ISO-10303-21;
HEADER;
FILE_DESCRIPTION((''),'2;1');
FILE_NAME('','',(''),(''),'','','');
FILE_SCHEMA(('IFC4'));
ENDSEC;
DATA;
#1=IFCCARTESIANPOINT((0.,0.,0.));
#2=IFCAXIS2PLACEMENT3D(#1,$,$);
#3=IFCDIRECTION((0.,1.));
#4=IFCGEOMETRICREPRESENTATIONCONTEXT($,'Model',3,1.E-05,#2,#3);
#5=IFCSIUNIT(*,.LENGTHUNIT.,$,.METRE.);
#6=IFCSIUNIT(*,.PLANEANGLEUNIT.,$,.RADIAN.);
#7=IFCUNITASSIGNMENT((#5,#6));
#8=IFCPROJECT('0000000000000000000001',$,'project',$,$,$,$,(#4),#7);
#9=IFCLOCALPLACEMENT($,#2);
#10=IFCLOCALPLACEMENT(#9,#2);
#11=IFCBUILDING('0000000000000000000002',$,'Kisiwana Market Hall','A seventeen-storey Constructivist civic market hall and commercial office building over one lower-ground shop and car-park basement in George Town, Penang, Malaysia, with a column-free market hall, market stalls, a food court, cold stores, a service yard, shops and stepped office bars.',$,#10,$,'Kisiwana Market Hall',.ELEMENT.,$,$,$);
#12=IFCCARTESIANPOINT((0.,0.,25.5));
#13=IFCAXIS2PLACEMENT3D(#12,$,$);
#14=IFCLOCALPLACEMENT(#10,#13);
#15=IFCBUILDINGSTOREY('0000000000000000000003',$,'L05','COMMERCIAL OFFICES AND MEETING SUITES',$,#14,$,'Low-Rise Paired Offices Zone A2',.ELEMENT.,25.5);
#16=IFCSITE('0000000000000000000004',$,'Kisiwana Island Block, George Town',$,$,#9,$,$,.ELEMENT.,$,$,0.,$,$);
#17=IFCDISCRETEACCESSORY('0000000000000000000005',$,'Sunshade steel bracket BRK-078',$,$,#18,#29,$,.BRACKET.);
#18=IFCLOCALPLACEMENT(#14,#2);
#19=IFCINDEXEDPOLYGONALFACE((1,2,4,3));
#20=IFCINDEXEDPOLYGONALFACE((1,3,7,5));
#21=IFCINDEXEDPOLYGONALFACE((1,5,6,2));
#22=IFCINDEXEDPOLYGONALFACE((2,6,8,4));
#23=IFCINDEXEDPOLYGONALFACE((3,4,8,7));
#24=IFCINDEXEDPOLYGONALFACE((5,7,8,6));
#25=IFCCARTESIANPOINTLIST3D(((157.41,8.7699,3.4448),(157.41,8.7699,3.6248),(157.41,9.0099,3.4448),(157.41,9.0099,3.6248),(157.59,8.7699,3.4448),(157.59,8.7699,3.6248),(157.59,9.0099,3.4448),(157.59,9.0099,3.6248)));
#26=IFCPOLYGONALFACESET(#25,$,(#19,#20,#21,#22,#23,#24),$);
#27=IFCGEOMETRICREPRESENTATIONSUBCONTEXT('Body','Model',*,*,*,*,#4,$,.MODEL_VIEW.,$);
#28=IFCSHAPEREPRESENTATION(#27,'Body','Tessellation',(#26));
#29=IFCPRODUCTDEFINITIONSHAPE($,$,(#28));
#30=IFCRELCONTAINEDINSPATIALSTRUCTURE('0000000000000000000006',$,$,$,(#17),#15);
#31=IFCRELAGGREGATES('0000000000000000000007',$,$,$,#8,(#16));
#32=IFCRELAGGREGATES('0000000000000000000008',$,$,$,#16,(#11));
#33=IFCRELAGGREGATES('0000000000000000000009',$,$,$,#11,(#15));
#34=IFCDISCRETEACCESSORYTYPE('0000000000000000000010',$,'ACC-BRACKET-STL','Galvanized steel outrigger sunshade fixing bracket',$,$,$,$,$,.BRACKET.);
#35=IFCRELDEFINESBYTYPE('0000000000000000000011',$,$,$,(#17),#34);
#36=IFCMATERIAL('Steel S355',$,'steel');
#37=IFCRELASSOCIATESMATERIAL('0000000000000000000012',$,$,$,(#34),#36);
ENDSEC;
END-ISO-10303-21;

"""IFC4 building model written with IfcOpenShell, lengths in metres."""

from ifc_helpers import new_model, si_unit, direction, frame, origin, origin_2d, place, context, subcontext, project, spatial, rectangle, extrude, material, type_object, element, save


model = new_model("IFC4")

# Units and contexts
model_context = context("Model", 3, precision=1e-05, world=origin(), true_north=direction((0.0, 1.0)))
body_context = subcontext(model_context, "Body", "Model", "MODEL_VIEW")
ifc_project = project(units=[si_unit("LENGTHUNIT", "METRE"), si_unit("PLANEANGLEUNIT", "RADIAN")], contexts=[model_context])

# Site, building, storey
site_placement = place(None, origin())
site = spatial("IfcSite", under=ifc_project, at=site_placement, Name="Kisiwana Island Block, George Town", CompositionType="ELEMENT", RefElevation=0.0)
building_placement = place(site_placement, origin())
building = spatial("IfcBuilding", under=site, at=building_placement, Name="Kisiwana Market Hall", Description="A seventeen-storey Constructivist civic market hall and commercial office building over one lower-ground shop and car-park basement in George Town, Penang, Malaysia, with a column-free market hall, market stalls, a food court, cold stores, a service yard, shops and stepped office bars.", LongName="Kisiwana Market Hall", CompositionType="ELEMENT")
storey_placement = place(building_placement, frame((0.0, 0.0, 25.5)))
storey = spatial("IfcBuildingStorey", under=building, at=storey_placement, Name="L05", Description="COMMERCIAL OFFICES AND MEETING SUITES", LongName="Low-Rise Paired Offices Zone A2", CompositionType="ELEMENT", Elevation=25.5)

# Discrete accessory
ifc_material_1 = material(Name="Steel S355", Category="steel")
discrete_accessory_type = type_object("IfcDiscreteAccessoryType", Name="ACC-BRACKET-STL", Description="Galvanized steel outrigger sunshade fixing bracket", PredefinedType="BRACKET", material=ifc_material_1)
discrete_accessory_placement = place(storey_placement, frame((157.5, 8.8899, 3.4448), z_axis=(0.0, 0.0, 1.0), x_axis=(1.0, 0.0, 0.0)))
element("IfcDiscreteAccessory", 1, at=discrete_accessory_placement, inside=storey, type_object=discrete_accessory_type, Name="Sunshade steel bracket BRK-078", PredefinedType="BRACKET", context=body_context, shape_type="SweptSolid", body=[
    extrude(rectangle(XDim=0.1799, YDim=0.24, at=origin_2d()), origin(), (0.0, 0.0, 1.0), 0.1799),
])

save(model, "model.ifc")
